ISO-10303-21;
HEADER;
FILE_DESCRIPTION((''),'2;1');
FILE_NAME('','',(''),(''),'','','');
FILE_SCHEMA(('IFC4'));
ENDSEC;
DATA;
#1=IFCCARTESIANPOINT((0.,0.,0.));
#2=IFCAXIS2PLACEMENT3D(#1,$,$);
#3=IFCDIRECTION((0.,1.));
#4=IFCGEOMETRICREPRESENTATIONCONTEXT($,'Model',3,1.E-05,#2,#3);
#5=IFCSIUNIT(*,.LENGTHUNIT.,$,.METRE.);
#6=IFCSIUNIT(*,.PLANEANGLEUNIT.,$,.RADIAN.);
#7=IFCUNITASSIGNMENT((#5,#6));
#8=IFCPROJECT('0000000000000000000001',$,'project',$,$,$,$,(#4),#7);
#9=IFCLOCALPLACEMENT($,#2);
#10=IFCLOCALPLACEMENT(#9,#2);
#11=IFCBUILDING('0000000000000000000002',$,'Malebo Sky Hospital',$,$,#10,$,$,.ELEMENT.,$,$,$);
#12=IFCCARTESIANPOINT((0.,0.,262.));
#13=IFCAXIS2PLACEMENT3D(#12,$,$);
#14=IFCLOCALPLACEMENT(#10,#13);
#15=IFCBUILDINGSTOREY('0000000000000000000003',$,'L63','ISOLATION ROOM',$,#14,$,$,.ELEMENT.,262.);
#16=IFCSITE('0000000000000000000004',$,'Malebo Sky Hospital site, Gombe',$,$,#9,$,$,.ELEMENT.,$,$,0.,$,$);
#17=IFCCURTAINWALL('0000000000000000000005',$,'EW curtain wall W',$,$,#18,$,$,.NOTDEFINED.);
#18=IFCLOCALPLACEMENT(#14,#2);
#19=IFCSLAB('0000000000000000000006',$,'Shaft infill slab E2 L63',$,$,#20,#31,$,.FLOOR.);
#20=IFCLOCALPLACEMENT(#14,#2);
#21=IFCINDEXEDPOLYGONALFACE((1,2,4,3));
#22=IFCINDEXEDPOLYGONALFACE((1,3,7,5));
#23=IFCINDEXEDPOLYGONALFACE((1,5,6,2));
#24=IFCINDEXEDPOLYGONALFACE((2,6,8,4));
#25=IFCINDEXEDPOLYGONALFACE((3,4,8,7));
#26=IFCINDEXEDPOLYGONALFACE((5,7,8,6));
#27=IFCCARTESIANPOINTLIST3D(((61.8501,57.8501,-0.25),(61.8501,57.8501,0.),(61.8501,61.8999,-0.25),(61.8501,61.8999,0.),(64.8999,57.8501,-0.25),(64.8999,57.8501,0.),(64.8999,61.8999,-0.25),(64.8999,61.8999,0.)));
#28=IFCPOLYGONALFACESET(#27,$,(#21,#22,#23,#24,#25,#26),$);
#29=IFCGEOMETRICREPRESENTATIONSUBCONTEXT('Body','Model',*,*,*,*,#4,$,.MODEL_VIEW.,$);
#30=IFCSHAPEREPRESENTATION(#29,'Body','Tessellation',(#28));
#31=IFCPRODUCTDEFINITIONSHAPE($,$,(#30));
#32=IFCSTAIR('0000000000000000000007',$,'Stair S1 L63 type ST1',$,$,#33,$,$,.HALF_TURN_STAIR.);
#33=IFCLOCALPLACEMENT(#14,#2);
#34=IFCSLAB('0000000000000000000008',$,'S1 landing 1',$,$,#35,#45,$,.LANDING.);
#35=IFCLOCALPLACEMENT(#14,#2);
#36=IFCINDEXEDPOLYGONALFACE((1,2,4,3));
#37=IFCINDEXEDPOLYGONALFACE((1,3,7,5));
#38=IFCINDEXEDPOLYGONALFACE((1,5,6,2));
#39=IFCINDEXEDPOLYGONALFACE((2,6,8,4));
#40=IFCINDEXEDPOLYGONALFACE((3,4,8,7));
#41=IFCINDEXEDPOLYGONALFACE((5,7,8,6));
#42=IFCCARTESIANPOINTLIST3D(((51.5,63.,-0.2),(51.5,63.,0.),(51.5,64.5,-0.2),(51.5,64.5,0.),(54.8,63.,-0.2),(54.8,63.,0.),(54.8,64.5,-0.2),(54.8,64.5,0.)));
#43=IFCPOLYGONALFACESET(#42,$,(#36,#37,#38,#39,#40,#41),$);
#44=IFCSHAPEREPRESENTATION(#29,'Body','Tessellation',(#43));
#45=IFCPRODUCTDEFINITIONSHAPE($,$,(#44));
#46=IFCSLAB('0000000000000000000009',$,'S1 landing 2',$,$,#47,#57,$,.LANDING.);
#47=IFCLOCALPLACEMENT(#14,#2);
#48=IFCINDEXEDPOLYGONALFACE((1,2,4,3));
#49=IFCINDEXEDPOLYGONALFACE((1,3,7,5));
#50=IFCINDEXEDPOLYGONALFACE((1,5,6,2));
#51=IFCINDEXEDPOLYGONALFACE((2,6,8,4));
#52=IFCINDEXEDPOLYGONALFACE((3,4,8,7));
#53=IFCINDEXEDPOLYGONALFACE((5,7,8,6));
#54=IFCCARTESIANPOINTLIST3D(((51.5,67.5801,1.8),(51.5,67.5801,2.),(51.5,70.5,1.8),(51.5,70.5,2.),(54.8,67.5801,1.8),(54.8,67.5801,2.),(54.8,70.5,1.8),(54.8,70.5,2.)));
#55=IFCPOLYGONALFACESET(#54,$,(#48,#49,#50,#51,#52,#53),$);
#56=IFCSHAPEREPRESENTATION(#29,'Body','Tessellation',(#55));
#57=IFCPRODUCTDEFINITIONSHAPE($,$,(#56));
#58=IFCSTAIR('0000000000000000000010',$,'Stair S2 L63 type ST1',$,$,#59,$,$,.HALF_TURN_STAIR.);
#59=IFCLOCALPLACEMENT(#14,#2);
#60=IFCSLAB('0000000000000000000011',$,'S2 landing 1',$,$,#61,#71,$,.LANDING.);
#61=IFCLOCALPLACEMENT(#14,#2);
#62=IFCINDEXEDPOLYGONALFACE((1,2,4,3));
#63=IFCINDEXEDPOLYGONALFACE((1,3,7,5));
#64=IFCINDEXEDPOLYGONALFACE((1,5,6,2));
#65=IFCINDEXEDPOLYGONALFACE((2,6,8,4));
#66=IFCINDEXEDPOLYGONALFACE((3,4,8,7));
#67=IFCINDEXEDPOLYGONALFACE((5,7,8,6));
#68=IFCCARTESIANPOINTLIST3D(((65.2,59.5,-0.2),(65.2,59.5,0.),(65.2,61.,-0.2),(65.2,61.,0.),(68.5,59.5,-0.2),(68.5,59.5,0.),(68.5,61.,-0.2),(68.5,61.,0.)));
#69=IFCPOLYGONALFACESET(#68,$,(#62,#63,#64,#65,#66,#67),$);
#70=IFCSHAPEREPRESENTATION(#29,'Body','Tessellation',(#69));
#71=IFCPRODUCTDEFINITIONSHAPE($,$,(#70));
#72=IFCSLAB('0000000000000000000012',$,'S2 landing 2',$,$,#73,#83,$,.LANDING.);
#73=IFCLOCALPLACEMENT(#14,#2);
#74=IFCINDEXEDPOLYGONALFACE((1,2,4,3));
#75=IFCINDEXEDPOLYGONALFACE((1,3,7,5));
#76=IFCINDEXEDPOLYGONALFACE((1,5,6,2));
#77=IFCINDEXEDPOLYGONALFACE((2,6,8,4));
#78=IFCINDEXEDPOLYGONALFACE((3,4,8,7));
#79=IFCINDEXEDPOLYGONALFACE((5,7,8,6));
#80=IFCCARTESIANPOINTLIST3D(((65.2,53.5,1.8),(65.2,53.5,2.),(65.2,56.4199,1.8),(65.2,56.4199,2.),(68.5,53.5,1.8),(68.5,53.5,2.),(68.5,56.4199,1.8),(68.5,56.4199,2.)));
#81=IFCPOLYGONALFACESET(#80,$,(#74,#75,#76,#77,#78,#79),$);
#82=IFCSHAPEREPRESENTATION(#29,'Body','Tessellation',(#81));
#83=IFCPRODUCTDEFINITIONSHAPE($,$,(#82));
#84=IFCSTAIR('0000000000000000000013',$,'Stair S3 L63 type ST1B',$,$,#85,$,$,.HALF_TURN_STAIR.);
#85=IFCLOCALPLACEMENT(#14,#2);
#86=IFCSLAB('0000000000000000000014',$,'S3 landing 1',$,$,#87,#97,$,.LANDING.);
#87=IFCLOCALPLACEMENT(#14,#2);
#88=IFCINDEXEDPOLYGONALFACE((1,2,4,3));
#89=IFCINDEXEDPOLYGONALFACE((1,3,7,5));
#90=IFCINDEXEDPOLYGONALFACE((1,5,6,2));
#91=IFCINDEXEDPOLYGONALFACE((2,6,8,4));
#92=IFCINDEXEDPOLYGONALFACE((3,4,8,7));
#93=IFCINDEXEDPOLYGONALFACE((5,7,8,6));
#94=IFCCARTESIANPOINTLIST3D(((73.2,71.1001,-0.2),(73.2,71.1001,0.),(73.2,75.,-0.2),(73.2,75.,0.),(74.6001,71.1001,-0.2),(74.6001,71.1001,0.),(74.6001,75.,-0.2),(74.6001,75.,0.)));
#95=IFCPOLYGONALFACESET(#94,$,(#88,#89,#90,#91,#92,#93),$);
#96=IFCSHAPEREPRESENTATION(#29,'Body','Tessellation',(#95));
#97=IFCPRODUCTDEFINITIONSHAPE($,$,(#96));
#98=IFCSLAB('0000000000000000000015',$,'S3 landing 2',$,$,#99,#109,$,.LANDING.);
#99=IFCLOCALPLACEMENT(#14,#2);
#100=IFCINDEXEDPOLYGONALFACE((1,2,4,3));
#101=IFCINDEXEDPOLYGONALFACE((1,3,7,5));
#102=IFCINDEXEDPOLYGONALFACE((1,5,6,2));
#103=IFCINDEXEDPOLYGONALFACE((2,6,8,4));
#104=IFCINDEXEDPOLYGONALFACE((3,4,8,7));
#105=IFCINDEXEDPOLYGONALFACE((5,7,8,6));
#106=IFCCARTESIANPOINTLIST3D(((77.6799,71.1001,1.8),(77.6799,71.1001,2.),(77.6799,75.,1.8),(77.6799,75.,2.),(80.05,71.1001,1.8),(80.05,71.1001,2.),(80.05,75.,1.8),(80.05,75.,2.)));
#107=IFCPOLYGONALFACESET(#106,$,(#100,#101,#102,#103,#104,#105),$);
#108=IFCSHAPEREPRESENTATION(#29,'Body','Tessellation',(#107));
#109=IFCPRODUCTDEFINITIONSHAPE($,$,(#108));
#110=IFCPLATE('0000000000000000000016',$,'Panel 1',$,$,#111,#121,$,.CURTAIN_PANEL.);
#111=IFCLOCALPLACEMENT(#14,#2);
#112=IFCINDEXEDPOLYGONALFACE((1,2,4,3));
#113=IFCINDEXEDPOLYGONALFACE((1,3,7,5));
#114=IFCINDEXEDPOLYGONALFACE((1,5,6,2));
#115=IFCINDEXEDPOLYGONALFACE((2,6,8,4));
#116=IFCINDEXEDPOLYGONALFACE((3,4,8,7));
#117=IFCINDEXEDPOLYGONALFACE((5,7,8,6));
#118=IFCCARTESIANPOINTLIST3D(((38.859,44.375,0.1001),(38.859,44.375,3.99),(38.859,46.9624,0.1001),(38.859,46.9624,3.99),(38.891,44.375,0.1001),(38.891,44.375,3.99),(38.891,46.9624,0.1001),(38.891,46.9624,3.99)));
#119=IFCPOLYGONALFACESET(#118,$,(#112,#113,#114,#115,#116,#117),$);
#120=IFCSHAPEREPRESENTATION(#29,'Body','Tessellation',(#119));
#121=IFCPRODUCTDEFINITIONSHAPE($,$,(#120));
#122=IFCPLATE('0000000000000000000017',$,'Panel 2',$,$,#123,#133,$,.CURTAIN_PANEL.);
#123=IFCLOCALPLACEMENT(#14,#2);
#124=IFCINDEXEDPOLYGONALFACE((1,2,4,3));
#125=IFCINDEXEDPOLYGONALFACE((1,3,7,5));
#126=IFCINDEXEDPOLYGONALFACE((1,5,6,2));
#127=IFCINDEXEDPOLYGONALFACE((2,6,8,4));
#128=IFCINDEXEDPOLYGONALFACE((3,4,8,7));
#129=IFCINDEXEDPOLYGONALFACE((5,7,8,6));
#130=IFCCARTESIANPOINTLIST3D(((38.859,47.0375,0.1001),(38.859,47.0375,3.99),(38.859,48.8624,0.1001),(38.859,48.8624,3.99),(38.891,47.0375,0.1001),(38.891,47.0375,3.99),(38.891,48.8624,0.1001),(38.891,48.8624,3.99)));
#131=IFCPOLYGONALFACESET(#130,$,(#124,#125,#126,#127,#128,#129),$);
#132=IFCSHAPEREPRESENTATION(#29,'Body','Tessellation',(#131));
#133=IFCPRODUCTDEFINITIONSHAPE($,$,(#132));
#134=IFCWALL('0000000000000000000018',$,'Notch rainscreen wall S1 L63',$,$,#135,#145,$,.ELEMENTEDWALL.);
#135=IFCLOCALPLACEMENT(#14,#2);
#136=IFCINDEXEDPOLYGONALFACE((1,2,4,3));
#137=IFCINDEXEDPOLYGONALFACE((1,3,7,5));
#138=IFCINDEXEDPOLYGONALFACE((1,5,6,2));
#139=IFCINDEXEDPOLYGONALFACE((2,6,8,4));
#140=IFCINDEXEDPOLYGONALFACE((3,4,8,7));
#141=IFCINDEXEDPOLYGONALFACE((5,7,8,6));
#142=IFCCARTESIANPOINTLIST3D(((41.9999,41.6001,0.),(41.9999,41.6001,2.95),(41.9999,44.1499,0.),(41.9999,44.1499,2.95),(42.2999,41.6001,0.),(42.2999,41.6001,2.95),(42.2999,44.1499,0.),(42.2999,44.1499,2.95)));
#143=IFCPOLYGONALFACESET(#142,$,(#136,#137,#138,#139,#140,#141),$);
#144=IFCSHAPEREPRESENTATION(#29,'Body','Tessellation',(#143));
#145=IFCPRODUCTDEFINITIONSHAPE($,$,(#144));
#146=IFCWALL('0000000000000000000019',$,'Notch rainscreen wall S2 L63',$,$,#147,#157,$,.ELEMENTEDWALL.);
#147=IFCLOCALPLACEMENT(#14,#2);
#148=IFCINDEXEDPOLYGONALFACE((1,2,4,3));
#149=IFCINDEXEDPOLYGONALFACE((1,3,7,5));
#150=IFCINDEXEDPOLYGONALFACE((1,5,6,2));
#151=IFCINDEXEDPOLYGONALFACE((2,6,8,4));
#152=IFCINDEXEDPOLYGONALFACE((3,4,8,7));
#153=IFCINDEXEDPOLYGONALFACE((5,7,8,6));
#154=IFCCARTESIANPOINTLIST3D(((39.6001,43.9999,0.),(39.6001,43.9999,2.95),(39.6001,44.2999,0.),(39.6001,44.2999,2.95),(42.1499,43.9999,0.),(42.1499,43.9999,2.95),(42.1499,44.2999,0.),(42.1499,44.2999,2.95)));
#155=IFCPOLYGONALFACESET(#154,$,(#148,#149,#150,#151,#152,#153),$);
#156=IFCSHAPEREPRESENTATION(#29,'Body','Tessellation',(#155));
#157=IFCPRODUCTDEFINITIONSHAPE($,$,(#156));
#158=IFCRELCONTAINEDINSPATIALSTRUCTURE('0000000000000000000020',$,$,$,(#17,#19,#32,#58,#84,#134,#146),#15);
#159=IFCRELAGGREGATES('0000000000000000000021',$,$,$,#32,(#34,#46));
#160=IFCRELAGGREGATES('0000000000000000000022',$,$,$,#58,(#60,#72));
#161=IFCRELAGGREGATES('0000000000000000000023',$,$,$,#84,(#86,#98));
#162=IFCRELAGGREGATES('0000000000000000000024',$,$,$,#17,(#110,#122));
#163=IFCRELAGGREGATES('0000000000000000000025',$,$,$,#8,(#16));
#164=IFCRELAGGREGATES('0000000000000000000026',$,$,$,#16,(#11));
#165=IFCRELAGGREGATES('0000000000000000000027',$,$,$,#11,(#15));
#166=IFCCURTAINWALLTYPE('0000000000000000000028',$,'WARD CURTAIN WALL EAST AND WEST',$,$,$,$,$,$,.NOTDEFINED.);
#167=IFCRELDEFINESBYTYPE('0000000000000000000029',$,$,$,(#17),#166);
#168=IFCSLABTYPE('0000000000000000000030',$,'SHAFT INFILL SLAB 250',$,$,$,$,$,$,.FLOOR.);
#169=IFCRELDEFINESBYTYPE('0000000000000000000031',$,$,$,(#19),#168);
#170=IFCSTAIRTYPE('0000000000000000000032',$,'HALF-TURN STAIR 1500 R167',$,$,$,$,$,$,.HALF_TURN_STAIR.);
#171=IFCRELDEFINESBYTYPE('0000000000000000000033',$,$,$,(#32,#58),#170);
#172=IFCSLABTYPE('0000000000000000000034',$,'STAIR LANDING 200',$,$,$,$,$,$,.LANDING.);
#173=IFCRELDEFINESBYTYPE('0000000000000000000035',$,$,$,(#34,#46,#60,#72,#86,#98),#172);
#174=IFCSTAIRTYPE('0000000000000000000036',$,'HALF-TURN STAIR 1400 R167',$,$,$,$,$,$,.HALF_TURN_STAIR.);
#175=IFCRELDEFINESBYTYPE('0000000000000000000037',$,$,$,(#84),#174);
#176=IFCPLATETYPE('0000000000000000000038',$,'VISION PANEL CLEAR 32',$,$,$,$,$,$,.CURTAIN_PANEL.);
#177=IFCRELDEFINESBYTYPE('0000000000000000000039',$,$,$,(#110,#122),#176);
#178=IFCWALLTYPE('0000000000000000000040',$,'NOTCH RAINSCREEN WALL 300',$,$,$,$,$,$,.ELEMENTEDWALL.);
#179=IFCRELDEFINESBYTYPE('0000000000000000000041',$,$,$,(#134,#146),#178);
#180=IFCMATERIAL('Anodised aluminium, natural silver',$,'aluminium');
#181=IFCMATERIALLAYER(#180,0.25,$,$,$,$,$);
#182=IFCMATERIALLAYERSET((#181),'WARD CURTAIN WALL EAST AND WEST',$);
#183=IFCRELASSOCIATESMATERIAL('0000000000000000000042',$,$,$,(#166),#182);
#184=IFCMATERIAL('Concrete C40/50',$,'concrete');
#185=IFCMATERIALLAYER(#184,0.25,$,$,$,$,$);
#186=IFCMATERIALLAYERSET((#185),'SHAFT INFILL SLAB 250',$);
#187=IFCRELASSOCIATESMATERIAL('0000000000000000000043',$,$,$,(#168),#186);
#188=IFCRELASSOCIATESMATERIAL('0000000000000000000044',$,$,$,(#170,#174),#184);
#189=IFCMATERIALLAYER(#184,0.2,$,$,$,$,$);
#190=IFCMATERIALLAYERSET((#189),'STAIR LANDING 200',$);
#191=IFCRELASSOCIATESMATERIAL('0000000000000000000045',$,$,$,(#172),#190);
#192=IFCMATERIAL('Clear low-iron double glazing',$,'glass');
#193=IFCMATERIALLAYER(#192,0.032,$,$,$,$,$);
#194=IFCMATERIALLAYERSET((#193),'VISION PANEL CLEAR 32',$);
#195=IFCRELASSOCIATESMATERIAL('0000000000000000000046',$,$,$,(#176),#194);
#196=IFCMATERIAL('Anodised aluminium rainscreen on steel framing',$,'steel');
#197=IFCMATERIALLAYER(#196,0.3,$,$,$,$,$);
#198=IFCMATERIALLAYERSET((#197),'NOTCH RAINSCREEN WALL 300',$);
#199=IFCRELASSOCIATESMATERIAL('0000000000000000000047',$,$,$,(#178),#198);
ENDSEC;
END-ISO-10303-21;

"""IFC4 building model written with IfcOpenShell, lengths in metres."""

from ifc_helpers import new_model, si_unit, direction, frame, frame_2d, origin, origin_2d, place, context, subcontext, project, spatial, polyline, rectangle, outline, extrude, material, layer, layer_set, type_object, element, aggregate, save


model = new_model("IFC4")

# Units and contexts
model_context = context("Model", 3, precision=1e-05, world=origin(), true_north=direction((0.0, 1.0)))
body_context = subcontext(model_context, "Body", "Model", "MODEL_VIEW")
ifc_project = project(units=[si_unit("LENGTHUNIT", "METRE"), si_unit("PLANEANGLEUNIT", "RADIAN")], contexts=[model_context])

# Site, building, storey
site_placement = place(None, origin())
site = spatial("IfcSite", under=ifc_project, at=site_placement, Name="Malebo Sky Hospital site, Gombe", CompositionType="ELEMENT", RefElevation=0.0)
building_placement = place(site_placement, origin())
building = spatial("IfcBuilding", under=site, at=building_placement, Name="Malebo Sky Hospital", CompositionType="ELEMENT")
storey_placement = place(building_placement, frame((0.0, 0.0, 262.0)))
storey = spatial("IfcBuildingStorey", under=building, at=storey_placement, Name="L63", Description="ISOLATION ROOM", CompositionType="ELEMENT", Elevation=262.0)

# Curtain wall
ifc_material_1 = material(Name="Anodised aluminium, natural silver", Category="aluminium")
ifc_layer_1 = layer(ifc_material_1, 0.25)
ifc_layer_set_1 = layer_set([ifc_layer_1], Name="WARD CURTAIN WALL EAST AND WEST")
curtain_wall_type_1 = type_object("IfcCurtainWallType", Name="WARD CURTAIN WALL EAST AND WEST", PredefinedType="NOTDEFINED", material=ifc_layer_set_1)
curtain_wall_1_placement = place(storey_placement, origin())
curtain_wall_1 = element("IfcCurtainWall", 1, at=curtain_wall_1_placement, inside=storey, type_object=curtain_wall_type_1, Name="EW curtain wall W", PredefinedType="NOTDEFINED")

# Slab
ifc_material_2 = material(Name="Concrete C40/50", Category="concrete")
ifc_layer_2 = layer(ifc_material_2, 0.25)
ifc_layer_set_2 = layer_set([ifc_layer_2], Name="SHAFT INFILL SLAB 250")
slab_type_1 = type_object("IfcSlabType", Name="SHAFT INFILL SLAB 250", PredefinedType="FLOOR", material=ifc_layer_set_2)
slab_1_placement = place(storey_placement, frame((0.0, 0.0, -0.25)))
element("IfcSlab", 2, at=slab_1_placement, inside=storey, type_object=slab_type_1, Name="Shaft infill slab E2 L63", PredefinedType="FLOOR", context=body_context, shape_type="SweptSolid", body=[
    extrude(outline(polyline([(61.8501, 57.8501), (64.8999, 57.8501), (64.8999, 61.8999), (61.8501, 61.8999), (61.8501, 57.8501)])), origin(), (0.0, 0.0, 1.0), 0.25),
])

# Stairs, slabs
stair_type_1 = type_object("IfcStairType", Name="HALF-TURN STAIR 1500 R167", PredefinedType="HALF_TURN_STAIR", material=ifc_material_2)
stair_1_placement = place(storey_placement, origin())
stair_1 = element("IfcStair", 3, at=stair_1_placement, inside=storey, type_object=stair_type_1, Name="Stair S1 L63 type ST1", PredefinedType="HALF_TURN_STAIR")
ifc_layer_3 = layer(ifc_material_2, 0.2)
ifc_layer_set_3 = layer_set([ifc_layer_3], Name="STAIR LANDING 200")
slab_type_2 = type_object("IfcSlabType", Name="STAIR LANDING 200", PredefinedType="LANDING", material=ifc_layer_set_3)
slab_2_placement = place(storey_placement, frame((0.0, 0.0, -0.2)))
slab_2 = element("IfcSlab", 4, at=slab_2_placement, type_object=slab_type_2, Name="S1 landing 1", PredefinedType="LANDING", context=body_context, shape_type="SweptSolid", body=[
    extrude(outline(polyline([(51.5, 63.0), (54.8, 63.0), (54.8, 64.5), (51.5, 64.5), (51.5, 63.0)])), origin(), (0.0, 0.0, 1.0), 0.2),
])
slab_3_placement = place(storey_placement, frame((0.0, 0.0, 1.8)))
slab_3 = element("IfcSlab", 5, at=slab_3_placement, type_object=slab_type_2, Name="S1 landing 2", PredefinedType="LANDING", context=body_context, shape_type="SweptSolid", body=[
    extrude(outline(polyline([(51.5, 67.5801), (54.8, 67.5801), (54.8, 70.5), (51.5, 70.5), (51.5, 67.5801)])), origin(), (0.0, 0.0, 1.0), 0.2),
])
aggregate(stair_1, [slab_2, slab_3])
stair_2_placement = place(storey_placement, origin())
stair_2 = element("IfcStair", 6, at=stair_2_placement, inside=storey, type_object=stair_type_1, Name="Stair S2 L63 type ST1", PredefinedType="HALF_TURN_STAIR")
slab_4_placement = place(storey_placement, frame((0.0, 0.0, -0.2)))
slab_4 = element("IfcSlab", 7, at=slab_4_placement, type_object=slab_type_2, Name="S2 landing 1", PredefinedType="LANDING", context=body_context, shape_type="SweptSolid", body=[
    extrude(outline(polyline([(65.2, 59.5), (68.5, 59.5), (68.5, 61.0), (65.2, 61.0), (65.2, 59.5)])), origin(), (0.0, 0.0, 1.0), 0.2),
])
slab_5_placement = place(storey_placement, frame((0.0, 0.0, 1.8)))
slab_5 = element("IfcSlab", 8, at=slab_5_placement, type_object=slab_type_2, Name="S2 landing 2", PredefinedType="LANDING", context=body_context, shape_type="SweptSolid", body=[
    extrude(outline(polyline([(65.2, 53.5), (68.5, 53.5), (68.5, 56.4199), (65.2, 56.4199), (65.2, 53.5)])), origin(), (0.0, 0.0, 1.0), 0.2),
])
aggregate(stair_2, [slab_4, slab_5])
stair_type_2 = type_object("IfcStairType", Name="HALF-TURN STAIR 1400 R167", PredefinedType="HALF_TURN_STAIR", material=ifc_material_2)
stair_3_placement = place(storey_placement, origin())
stair_3 = element("IfcStair", 9, at=stair_3_placement, inside=storey, type_object=stair_type_2, Name="Stair S3 L63 type ST1B", PredefinedType="HALF_TURN_STAIR")
slab_6_placement = place(storey_placement, frame((0.0, 0.0, -0.2)))
slab_6 = element("IfcSlab", 10, at=slab_6_placement, type_object=slab_type_2, Name="S3 landing 1", PredefinedType="LANDING", context=body_context, shape_type="SweptSolid", body=[
    extrude(outline(polyline([(73.2, 71.1001), (73.2, 75.0), (74.6001, 75.0), (74.6001, 71.1001), (73.2, 71.1001)])), origin(), (0.0, 0.0, 1.0), 0.2),
])
slab_7_placement = place(storey_placement, frame((0.0, 0.0, 1.8)))
slab_7 = element("IfcSlab", 11, at=slab_7_placement, type_object=slab_type_2, Name="S3 landing 2", PredefinedType="LANDING", context=body_context, shape_type="SweptSolid", body=[
    extrude(outline(polyline([(77.6799, 71.1001), (77.6799, 75.0), (80.05, 75.0), (80.05, 71.1001), (77.6799, 71.1001)])), origin(), (0.0, 0.0, 1.0), 0.2),
])
aggregate(stair_3, [slab_6, slab_7])

# Plates
ifc_material_3 = material(Name="Clear low-iron double glazing", Category="glass")
ifc_layer_4 = layer(ifc_material_3, 0.032)
ifc_layer_set_4 = layer_set([ifc_layer_4], Name="VISION PANEL CLEAR 32")
plate_type = type_object("IfcPlateType", Name="VISION PANEL CLEAR 32", PredefinedType="CURTAIN_PANEL", material=ifc_layer_set_4)
plate_1_placement = place(storey_placement, frame((38.875, 45.6687, 0.1001), z_axis=(0.0, 0.0, 1.0), x_axis=(0.0, 1.0, 0.0)))
plate_1 = element("IfcPlate", 12, at=plate_1_placement, type_object=plate_type, Name="Panel 1", PredefinedType="CURTAIN_PANEL", context=body_context, shape_type="SweptSolid", body=[
    extrude(rectangle(XDim=2.5874, YDim=0.032, at=origin_2d()), origin(), (0.0, 0.0, 1.0), 3.8899),
])
plate_2_placement = place(storey_placement, frame((38.875, 47.95, 0.1001), z_axis=(0.0, 0.0, 1.0), x_axis=(0.0, 1.0, 0.0)))
plate_2 = element("IfcPlate", 13, at=plate_2_placement, type_object=plate_type, Name="Panel 2", PredefinedType="CURTAIN_PANEL", context=body_context, shape_type="SweptSolid", body=[
    extrude(rectangle(XDim=1.825, YDim=0.032, at=origin_2d()), origin(), (0.0, 0.0, 1.0), 3.8899),
])
aggregate(curtain_wall_1, [plate_1, plate_2])

# Walls
ifc_material_4 = material(Name="Anodised aluminium rainscreen on steel framing", Category="steel")
ifc_layer_5 = layer(ifc_material_4, 0.3)
ifc_layer_set_5 = layer_set([ifc_layer_5], Name="NOTCH RAINSCREEN WALL 300")
wall_type = type_object("IfcWallType", Name="NOTCH RAINSCREEN WALL 300", PredefinedType="ELEMENTEDWALL", material=ifc_layer_set_5)
for number, where, z_axis, x_axis, name in (
    (14, (42.1499, 41.6001, 0.0), (0.0, 0.0, 1.0), (0.0, 1.0, 0.0), "Notch rainscreen wall S1 L63"),
    (15, (42.1499, 44.1499, 0.0), (0.0, 0.0, 1.0), (-1.0, 0.0, 0.0), "Notch rainscreen wall S2 L63"),
):
    element("IfcWall", number, at=place(storey_placement, frame(where, z_axis=z_axis, x_axis=x_axis)), inside=storey, type_object=wall_type, Name=name, PredefinedType="ELEMENTEDWALL", context=body_context, shape_type="SweptSolid", body=[
        extrude(rectangle(XDim=2.5498, YDim=0.3, at=frame_2d((1.2749, 0.0))), origin(), (0.0, 0.0, 1.0), 2.95),
    ])

save(model, "model.ifc")
